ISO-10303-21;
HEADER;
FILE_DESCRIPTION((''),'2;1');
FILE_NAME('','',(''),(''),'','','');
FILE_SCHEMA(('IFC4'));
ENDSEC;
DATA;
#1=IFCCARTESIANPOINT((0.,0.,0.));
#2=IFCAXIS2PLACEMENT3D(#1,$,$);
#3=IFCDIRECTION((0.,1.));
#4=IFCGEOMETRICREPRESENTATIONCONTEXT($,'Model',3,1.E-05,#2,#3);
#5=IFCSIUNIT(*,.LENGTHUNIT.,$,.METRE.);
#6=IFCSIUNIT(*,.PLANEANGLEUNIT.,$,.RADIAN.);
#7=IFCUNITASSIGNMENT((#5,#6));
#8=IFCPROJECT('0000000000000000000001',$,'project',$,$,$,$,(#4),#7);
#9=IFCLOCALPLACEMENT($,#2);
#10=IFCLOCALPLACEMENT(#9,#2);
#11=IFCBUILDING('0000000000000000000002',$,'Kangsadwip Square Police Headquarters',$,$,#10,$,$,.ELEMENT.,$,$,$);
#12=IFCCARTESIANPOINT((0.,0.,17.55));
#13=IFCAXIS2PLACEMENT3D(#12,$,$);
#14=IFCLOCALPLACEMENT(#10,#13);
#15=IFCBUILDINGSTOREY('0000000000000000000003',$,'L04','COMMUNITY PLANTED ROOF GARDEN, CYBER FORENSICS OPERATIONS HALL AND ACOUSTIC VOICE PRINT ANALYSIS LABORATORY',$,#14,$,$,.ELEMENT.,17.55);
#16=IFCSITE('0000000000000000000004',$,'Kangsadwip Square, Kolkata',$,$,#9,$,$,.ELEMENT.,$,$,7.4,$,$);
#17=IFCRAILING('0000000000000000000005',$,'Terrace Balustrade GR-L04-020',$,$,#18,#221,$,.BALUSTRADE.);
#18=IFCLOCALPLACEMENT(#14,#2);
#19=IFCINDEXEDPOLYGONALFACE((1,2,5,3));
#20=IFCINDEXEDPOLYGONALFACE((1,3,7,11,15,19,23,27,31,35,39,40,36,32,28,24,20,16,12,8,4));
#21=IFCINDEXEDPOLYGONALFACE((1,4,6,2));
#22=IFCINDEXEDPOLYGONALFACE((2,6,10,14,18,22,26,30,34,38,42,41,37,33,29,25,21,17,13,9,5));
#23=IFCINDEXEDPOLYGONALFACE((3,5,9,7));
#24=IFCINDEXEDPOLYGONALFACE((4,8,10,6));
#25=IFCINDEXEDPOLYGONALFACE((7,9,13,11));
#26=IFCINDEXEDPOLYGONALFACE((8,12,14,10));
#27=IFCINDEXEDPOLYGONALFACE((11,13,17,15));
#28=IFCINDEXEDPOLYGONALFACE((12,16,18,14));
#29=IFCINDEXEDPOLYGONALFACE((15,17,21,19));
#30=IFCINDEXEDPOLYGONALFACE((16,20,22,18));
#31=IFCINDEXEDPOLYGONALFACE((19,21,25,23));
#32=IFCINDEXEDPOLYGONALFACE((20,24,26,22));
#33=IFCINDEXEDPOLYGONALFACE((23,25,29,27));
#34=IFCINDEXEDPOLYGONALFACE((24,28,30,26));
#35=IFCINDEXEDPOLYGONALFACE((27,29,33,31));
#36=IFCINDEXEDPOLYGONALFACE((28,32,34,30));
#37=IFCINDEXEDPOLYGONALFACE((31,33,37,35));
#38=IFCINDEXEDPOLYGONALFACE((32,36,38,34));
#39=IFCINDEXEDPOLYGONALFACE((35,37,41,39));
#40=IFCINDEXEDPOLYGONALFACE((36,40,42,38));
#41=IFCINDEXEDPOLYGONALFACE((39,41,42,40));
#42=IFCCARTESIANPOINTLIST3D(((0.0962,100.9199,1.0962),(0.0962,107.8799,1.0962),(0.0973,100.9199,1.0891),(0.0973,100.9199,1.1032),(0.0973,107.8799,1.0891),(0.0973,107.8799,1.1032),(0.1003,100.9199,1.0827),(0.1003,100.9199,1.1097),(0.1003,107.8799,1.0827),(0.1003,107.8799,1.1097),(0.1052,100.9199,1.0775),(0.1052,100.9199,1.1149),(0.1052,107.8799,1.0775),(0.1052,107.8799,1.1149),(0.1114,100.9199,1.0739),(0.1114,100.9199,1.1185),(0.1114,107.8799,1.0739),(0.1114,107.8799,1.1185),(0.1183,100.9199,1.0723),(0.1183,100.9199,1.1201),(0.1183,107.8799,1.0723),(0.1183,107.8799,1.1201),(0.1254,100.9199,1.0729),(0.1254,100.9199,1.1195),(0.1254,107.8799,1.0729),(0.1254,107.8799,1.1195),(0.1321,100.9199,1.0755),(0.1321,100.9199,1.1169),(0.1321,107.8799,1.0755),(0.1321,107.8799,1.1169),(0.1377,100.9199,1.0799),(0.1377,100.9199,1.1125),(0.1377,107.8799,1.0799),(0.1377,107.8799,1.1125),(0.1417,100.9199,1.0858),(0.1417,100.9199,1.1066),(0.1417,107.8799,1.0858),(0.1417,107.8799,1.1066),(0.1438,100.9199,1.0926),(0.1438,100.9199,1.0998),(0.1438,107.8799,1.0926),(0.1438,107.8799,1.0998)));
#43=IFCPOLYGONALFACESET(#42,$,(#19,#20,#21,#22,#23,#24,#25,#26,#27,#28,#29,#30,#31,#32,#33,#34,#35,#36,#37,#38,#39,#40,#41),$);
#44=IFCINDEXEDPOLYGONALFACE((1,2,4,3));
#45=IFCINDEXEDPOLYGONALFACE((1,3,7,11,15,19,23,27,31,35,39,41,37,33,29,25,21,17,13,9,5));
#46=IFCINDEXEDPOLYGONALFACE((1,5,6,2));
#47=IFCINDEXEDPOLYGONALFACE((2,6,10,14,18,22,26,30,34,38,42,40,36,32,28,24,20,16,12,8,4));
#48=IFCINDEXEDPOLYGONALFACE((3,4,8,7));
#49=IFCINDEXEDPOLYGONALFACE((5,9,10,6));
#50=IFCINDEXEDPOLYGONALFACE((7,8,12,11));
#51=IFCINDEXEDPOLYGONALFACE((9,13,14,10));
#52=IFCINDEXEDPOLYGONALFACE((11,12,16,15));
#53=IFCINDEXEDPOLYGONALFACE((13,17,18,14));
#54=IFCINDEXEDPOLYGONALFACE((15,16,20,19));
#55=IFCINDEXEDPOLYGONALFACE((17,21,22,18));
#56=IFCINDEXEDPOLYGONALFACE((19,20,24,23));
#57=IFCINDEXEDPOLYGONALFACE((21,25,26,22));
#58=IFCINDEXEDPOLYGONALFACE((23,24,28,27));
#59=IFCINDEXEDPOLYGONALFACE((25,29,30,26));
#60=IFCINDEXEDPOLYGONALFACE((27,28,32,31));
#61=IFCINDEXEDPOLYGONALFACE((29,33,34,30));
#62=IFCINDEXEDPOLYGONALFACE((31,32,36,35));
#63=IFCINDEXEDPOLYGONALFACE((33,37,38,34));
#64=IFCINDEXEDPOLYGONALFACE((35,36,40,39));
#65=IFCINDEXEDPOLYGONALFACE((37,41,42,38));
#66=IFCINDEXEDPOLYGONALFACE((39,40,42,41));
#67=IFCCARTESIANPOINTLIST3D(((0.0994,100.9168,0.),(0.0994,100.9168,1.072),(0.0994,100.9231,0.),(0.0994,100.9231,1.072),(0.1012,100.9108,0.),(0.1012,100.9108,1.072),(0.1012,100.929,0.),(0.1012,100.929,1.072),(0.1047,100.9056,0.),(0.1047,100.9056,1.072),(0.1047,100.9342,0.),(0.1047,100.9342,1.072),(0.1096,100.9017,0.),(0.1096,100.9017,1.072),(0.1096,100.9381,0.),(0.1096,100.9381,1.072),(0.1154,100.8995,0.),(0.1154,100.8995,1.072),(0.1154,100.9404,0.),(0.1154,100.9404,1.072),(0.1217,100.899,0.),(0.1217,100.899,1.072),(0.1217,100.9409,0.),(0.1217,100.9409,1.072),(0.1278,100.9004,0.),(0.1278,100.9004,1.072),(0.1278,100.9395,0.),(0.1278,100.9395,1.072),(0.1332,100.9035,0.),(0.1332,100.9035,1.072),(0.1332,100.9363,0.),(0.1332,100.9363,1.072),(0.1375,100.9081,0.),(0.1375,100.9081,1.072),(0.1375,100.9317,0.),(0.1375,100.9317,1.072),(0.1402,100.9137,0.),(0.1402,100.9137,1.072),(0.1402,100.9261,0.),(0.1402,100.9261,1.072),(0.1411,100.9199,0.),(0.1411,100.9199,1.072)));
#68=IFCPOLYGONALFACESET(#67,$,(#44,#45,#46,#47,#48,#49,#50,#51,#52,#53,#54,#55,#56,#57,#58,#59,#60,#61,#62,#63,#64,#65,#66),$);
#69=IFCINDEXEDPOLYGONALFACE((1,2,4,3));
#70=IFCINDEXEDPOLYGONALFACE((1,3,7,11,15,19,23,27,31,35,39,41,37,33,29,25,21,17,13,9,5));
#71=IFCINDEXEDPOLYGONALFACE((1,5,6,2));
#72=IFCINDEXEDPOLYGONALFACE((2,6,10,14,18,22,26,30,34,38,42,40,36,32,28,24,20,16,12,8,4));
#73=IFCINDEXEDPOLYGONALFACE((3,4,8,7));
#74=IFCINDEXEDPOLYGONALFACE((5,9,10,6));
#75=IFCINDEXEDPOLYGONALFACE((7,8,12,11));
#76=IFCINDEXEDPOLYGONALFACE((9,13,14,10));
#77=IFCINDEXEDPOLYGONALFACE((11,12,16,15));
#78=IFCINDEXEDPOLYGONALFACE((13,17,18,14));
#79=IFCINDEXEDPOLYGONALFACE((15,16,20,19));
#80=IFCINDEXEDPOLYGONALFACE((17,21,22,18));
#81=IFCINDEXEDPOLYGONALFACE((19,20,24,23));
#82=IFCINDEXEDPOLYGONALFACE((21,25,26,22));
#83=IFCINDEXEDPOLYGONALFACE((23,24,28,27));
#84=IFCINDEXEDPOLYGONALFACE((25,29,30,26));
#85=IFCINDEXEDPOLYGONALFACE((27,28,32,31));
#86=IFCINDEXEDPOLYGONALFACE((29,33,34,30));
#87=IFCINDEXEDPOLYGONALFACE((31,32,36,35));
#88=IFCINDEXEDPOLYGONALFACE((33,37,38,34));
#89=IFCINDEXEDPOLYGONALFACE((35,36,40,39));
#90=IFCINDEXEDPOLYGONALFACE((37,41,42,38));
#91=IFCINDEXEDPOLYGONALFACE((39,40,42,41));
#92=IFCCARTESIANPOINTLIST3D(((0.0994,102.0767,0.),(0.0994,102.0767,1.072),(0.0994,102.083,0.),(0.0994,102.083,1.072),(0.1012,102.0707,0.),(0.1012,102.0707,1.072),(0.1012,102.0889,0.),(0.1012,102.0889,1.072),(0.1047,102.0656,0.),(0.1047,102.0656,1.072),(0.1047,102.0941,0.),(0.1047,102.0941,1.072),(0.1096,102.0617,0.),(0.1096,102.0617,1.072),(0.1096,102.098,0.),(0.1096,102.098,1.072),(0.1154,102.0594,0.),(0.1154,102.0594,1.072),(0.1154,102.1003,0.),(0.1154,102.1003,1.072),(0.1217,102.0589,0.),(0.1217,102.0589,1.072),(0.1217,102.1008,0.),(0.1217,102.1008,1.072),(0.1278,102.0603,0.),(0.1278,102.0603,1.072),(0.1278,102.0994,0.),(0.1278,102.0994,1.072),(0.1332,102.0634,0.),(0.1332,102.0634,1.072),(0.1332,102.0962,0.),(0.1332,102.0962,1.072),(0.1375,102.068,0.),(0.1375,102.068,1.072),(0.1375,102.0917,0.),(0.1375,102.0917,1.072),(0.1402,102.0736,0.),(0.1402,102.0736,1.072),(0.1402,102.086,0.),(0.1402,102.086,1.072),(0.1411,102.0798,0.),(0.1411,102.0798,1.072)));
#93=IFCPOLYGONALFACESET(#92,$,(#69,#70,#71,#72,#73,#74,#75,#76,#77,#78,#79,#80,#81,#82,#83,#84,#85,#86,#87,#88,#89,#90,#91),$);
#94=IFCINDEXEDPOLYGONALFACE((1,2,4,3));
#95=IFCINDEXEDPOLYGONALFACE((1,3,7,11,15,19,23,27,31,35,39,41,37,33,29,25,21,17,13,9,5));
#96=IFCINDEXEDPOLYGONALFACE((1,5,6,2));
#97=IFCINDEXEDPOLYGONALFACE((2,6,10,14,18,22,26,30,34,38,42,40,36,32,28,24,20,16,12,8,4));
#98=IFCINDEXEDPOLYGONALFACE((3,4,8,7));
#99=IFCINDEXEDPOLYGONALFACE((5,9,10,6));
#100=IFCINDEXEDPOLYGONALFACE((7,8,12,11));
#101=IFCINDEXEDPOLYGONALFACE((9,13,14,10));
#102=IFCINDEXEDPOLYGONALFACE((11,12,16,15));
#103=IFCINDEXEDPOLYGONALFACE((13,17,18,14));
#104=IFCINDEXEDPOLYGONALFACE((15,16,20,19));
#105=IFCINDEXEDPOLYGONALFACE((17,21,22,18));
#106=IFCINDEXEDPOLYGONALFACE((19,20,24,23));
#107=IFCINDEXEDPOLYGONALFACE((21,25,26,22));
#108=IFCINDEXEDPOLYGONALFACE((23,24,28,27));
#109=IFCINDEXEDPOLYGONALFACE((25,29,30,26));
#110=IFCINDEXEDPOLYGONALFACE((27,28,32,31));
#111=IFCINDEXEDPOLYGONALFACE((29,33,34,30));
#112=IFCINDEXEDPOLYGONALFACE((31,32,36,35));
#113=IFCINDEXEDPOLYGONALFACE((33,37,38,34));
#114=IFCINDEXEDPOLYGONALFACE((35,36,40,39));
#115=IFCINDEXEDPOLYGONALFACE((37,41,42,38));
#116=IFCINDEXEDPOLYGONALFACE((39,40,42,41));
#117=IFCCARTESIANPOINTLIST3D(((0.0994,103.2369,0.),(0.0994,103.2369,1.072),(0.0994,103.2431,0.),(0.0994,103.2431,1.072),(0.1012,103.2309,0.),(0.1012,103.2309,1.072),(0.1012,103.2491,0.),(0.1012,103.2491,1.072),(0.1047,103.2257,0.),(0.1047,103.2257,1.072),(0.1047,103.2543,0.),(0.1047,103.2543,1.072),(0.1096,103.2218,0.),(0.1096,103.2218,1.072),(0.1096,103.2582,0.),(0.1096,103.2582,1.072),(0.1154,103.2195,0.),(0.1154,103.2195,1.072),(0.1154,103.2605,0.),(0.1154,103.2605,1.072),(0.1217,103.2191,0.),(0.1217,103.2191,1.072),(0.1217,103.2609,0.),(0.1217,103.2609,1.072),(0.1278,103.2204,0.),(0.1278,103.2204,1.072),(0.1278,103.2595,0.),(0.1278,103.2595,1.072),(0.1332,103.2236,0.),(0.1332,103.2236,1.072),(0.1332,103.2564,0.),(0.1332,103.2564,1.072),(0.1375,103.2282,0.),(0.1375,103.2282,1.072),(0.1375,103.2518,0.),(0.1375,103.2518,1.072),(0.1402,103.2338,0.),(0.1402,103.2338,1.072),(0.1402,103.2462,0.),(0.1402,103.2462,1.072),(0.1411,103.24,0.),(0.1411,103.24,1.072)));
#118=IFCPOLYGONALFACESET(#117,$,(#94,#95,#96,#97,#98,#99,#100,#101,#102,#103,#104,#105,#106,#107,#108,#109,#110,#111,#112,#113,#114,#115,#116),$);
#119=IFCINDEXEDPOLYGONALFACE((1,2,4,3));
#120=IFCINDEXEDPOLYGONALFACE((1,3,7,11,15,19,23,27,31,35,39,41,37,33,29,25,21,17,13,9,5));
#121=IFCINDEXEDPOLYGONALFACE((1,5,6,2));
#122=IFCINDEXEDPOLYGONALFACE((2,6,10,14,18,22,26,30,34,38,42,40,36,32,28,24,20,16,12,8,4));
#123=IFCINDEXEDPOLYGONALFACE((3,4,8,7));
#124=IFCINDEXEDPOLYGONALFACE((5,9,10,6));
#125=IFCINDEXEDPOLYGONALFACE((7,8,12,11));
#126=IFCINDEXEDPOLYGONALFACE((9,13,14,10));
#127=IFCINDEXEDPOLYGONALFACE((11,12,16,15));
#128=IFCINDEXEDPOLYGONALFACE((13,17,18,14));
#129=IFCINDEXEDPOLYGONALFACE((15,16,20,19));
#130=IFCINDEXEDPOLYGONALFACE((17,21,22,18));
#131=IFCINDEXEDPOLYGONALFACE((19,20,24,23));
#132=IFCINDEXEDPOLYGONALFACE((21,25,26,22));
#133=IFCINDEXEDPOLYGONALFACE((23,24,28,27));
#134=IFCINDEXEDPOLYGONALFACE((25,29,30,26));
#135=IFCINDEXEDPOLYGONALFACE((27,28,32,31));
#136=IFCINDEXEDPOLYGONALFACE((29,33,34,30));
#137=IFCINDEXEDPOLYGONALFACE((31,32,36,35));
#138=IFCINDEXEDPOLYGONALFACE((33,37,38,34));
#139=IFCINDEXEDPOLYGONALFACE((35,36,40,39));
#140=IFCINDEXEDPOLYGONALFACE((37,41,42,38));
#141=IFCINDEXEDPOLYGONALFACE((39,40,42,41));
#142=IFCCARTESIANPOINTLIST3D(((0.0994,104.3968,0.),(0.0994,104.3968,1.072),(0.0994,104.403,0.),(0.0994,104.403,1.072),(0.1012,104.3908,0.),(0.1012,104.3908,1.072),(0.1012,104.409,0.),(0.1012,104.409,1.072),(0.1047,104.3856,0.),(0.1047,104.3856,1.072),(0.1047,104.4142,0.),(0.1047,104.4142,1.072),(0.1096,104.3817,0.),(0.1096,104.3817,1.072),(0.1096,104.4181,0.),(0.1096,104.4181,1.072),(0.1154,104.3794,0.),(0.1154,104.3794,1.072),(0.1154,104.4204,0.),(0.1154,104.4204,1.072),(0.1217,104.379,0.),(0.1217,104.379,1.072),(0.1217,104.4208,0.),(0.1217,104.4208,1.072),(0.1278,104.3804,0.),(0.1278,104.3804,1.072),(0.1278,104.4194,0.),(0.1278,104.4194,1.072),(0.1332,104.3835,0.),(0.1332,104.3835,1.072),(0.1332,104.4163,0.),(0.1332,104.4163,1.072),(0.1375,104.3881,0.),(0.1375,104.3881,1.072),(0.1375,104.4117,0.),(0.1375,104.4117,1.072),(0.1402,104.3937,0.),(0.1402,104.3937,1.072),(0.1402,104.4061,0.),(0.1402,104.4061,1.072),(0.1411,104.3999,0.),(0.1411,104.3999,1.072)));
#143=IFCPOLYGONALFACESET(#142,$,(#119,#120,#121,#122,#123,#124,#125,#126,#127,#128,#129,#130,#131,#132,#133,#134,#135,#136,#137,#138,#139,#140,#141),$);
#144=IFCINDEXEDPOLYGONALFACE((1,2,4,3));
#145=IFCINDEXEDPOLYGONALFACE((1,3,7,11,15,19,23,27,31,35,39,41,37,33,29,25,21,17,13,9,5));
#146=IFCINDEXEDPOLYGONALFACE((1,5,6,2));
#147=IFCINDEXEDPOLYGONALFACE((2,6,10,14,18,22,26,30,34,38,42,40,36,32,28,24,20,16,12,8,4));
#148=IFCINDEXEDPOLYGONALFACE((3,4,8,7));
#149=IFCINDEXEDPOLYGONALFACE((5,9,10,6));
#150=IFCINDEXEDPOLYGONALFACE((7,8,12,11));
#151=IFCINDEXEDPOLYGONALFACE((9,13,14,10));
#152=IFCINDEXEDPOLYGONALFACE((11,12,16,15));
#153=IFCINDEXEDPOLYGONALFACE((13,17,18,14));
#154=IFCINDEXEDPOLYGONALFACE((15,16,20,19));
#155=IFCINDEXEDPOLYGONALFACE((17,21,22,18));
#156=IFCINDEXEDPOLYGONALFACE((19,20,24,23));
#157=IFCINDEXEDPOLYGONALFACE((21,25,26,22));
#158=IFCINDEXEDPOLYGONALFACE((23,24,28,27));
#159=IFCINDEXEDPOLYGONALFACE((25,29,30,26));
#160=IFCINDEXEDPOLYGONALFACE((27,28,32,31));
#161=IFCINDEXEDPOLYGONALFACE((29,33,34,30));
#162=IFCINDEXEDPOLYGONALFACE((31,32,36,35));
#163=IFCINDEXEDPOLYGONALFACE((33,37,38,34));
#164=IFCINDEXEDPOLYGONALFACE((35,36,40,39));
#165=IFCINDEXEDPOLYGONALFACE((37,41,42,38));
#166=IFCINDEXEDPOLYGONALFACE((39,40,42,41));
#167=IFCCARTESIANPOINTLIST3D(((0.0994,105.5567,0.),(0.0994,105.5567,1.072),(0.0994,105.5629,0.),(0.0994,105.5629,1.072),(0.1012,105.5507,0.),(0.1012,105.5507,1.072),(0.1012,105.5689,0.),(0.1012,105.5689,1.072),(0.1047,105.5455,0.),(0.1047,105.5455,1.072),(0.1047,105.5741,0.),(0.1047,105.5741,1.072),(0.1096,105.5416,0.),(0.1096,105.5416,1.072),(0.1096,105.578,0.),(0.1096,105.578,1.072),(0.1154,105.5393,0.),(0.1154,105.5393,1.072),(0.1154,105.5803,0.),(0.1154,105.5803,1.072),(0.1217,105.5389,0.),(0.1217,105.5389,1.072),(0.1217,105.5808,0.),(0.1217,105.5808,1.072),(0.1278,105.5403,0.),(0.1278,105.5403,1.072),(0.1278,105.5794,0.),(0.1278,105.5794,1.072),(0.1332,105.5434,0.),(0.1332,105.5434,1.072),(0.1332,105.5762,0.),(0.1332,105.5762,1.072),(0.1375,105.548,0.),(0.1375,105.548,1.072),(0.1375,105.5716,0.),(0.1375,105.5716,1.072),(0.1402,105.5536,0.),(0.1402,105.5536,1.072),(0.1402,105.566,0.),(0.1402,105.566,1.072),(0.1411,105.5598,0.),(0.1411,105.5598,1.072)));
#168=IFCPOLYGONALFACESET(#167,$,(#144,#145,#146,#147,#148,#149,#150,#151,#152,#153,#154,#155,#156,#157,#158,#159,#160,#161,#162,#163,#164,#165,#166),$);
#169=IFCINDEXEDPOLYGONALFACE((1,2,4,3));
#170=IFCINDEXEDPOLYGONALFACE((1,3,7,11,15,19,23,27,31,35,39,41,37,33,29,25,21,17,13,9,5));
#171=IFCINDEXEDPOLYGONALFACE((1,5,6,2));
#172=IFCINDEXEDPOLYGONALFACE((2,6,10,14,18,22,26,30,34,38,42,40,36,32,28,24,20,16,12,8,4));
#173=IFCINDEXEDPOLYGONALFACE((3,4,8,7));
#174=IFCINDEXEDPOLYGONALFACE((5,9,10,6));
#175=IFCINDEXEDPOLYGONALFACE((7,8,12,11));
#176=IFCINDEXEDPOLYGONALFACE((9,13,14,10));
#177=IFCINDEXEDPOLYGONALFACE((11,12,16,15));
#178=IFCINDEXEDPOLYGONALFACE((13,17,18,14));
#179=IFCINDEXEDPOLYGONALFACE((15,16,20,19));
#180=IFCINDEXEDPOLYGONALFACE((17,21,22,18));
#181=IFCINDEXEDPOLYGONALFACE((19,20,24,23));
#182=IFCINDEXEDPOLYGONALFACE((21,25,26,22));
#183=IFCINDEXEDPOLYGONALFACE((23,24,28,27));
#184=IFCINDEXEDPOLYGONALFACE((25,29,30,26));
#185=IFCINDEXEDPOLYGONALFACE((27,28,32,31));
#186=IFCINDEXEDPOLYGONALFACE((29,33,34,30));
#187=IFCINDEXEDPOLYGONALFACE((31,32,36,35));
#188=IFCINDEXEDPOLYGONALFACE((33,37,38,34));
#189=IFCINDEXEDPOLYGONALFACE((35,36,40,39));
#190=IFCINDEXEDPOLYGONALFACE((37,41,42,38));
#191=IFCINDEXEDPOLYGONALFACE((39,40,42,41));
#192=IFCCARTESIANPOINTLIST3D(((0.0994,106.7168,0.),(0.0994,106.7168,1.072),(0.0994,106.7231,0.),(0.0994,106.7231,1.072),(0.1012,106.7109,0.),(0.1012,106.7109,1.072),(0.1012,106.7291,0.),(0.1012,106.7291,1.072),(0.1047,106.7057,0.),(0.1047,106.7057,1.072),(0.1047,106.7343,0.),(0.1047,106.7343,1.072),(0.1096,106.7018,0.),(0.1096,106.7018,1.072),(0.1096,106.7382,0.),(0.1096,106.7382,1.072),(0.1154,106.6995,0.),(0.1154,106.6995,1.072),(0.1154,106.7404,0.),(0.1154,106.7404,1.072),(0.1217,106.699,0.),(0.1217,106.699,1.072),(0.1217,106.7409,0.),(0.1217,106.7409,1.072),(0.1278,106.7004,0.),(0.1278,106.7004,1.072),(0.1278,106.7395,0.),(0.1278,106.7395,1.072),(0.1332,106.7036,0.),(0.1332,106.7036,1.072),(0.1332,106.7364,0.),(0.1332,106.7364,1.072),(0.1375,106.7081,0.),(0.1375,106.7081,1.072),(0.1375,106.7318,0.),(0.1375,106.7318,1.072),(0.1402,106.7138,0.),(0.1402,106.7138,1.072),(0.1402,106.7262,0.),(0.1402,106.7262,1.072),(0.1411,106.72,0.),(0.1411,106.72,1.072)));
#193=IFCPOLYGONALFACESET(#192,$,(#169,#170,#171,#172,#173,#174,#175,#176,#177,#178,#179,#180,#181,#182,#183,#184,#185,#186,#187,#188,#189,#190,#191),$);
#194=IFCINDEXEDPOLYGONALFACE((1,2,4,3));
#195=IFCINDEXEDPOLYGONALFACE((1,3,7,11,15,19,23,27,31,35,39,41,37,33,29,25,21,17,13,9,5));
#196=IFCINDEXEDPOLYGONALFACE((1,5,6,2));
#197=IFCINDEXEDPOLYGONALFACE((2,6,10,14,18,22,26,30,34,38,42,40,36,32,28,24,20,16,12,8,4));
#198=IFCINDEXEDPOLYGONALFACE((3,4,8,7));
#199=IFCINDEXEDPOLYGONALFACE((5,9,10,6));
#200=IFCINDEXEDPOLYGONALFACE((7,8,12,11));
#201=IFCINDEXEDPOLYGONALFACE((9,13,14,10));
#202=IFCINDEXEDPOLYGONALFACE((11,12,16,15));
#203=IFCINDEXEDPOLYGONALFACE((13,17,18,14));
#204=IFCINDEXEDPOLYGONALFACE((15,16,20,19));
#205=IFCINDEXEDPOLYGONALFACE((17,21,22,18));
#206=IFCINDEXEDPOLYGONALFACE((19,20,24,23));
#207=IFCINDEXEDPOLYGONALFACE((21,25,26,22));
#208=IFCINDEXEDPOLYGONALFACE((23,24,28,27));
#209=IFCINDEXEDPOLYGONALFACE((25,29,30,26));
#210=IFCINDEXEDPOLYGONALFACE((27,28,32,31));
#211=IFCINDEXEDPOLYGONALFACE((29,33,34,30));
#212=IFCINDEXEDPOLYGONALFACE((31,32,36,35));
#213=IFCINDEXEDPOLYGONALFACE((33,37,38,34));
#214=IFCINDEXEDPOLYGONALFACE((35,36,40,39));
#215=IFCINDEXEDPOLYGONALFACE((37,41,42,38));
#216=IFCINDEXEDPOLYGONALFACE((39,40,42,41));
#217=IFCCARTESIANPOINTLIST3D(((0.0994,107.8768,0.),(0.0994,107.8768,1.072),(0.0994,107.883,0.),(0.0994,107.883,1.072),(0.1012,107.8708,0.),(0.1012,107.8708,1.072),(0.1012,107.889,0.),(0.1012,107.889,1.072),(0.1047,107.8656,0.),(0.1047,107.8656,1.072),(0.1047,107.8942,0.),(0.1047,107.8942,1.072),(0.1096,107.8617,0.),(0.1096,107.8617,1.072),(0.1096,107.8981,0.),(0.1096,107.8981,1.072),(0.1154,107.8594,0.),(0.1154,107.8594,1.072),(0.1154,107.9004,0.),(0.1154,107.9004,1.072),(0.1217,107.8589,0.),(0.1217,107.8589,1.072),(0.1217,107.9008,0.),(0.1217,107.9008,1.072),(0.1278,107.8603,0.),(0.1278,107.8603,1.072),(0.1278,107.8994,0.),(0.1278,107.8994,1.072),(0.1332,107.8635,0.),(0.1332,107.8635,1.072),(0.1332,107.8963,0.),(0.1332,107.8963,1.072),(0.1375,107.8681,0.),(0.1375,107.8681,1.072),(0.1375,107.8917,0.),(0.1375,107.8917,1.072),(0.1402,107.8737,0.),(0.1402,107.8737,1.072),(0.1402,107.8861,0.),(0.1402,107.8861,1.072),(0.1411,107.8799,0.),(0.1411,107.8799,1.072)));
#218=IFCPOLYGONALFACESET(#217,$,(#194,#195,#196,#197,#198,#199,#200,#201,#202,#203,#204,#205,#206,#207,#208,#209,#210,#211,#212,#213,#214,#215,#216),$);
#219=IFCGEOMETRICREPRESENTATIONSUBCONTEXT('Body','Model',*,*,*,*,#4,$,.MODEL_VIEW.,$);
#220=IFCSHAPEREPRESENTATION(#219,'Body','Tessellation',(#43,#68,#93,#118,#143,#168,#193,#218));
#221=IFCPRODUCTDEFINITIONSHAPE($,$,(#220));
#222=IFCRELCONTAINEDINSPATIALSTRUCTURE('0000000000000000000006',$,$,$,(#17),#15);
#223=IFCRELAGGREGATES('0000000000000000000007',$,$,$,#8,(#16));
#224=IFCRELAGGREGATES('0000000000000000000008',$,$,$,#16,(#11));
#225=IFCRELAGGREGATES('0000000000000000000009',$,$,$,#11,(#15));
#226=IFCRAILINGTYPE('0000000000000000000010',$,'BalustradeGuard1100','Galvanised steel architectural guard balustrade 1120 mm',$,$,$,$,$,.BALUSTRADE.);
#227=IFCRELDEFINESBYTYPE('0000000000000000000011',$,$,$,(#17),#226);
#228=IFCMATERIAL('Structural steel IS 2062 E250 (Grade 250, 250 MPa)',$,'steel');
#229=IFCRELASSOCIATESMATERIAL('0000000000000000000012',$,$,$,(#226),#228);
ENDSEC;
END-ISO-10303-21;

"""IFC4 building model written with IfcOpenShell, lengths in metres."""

from ifc_helpers import new_model, si_unit, direction, frame, origin, origin_2d, place, context, subcontext, project, spatial, circle, extrude, material, type_object, element, save


model = new_model("IFC4")

# Units and contexts
model_context = context("Model", 3, precision=1e-05, world=origin(), true_north=direction((0.0, 1.0)))
body_context = subcontext(model_context, "Body", "Model", "MODEL_VIEW")
ifc_project = project(units=[si_unit("LENGTHUNIT", "METRE"), si_unit("PLANEANGLEUNIT", "RADIAN")], contexts=[model_context])

# Site, building, storey
site_placement = place(None, origin())
site = spatial("IfcSite", under=ifc_project, at=site_placement, Name="Kangsadwip Square, Kolkata", CompositionType="ELEMENT", RefElevation=7.4)
building_placement = place(site_placement, origin())
building = spatial("IfcBuilding", under=site, at=building_placement, Name="Kangsadwip Square Police Headquarters", CompositionType="ELEMENT")
storey_placement = place(building_placement, frame((0.0, 0.0, 17.55)))
storey = spatial("IfcBuildingStorey", under=building, at=storey_placement, Name="L04", Description="COMMUNITY PLANTED ROOF GARDEN, CYBER FORENSICS OPERATIONS HALL AND ACOUSTIC VOICE PRINT ANALYSIS LABORATORY", CompositionType="ELEMENT", Elevation=17.55)

# Railing
ifc_material_1 = material(Name="Structural steel IS 2062 E250 (Grade 250, 250 MPa)", Category="steel")
railing_type = type_object("IfcRailingType", Name="BalustradeGuard1100", Description="Galvanised steel architectural guard balustrade 1120 mm", PredefinedType="BALUSTRADE", material=ifc_material_1)
for number, where, name in (
    (1, (0.1201, 100.9199, 0.0), "Terrace Balustrade GR-L04-020"),
):
    element("IfcRailing", number, at=place(storey_placement, frame(where)), inside=storey, type_object=railing_type, Name=name, PredefinedType="BALUSTRADE", context=body_context, shape_type="SweptSolid", body=[
        extrude(circle(Radius=0.0239, at=origin_2d()), frame((0.0, 0.0, 1.0962), z_axis=(0.0, 1.0, 0.0), x_axis=(-1.0, 0.0, 0.0)), (0.0, 0.0, 1.0), 6.96),
        extrude(circle(Radius=0.021, at=origin_2d()), origin(), (0.0, 0.0, 1.0), 1.072),
        extrude(circle(Radius=0.021, at=origin_2d()), frame((0.0, 1.1599, 0.0)), (0.0, 0.0, 1.0), 1.072),
        extrude(circle(Radius=0.021, at=origin_2d()), frame((0.0, 2.3201, 0.0)), (0.0, 0.0, 1.0), 1.072),
        extrude(circle(Radius=0.021, at=origin_2d()), frame((0.0, 3.48, 0.0)), (0.0, 0.0, 1.0), 1.072),
        extrude(circle(Radius=0.021, at=origin_2d()), frame((0.0, 4.6399, 0.0)), (0.0, 0.0, 1.0), 1.072),
        extrude(circle(Radius=0.021, at=origin_2d()), frame((0.0, 5.8, 0.0)), (0.0, 0.0, 1.0), 1.072),
        extrude(circle(Radius=0.021, at=origin_2d()), frame((0.0, 6.96, 0.0)), (0.0, 0.0, 1.0), 1.072),
    ])

save(model, "model.ifc")
